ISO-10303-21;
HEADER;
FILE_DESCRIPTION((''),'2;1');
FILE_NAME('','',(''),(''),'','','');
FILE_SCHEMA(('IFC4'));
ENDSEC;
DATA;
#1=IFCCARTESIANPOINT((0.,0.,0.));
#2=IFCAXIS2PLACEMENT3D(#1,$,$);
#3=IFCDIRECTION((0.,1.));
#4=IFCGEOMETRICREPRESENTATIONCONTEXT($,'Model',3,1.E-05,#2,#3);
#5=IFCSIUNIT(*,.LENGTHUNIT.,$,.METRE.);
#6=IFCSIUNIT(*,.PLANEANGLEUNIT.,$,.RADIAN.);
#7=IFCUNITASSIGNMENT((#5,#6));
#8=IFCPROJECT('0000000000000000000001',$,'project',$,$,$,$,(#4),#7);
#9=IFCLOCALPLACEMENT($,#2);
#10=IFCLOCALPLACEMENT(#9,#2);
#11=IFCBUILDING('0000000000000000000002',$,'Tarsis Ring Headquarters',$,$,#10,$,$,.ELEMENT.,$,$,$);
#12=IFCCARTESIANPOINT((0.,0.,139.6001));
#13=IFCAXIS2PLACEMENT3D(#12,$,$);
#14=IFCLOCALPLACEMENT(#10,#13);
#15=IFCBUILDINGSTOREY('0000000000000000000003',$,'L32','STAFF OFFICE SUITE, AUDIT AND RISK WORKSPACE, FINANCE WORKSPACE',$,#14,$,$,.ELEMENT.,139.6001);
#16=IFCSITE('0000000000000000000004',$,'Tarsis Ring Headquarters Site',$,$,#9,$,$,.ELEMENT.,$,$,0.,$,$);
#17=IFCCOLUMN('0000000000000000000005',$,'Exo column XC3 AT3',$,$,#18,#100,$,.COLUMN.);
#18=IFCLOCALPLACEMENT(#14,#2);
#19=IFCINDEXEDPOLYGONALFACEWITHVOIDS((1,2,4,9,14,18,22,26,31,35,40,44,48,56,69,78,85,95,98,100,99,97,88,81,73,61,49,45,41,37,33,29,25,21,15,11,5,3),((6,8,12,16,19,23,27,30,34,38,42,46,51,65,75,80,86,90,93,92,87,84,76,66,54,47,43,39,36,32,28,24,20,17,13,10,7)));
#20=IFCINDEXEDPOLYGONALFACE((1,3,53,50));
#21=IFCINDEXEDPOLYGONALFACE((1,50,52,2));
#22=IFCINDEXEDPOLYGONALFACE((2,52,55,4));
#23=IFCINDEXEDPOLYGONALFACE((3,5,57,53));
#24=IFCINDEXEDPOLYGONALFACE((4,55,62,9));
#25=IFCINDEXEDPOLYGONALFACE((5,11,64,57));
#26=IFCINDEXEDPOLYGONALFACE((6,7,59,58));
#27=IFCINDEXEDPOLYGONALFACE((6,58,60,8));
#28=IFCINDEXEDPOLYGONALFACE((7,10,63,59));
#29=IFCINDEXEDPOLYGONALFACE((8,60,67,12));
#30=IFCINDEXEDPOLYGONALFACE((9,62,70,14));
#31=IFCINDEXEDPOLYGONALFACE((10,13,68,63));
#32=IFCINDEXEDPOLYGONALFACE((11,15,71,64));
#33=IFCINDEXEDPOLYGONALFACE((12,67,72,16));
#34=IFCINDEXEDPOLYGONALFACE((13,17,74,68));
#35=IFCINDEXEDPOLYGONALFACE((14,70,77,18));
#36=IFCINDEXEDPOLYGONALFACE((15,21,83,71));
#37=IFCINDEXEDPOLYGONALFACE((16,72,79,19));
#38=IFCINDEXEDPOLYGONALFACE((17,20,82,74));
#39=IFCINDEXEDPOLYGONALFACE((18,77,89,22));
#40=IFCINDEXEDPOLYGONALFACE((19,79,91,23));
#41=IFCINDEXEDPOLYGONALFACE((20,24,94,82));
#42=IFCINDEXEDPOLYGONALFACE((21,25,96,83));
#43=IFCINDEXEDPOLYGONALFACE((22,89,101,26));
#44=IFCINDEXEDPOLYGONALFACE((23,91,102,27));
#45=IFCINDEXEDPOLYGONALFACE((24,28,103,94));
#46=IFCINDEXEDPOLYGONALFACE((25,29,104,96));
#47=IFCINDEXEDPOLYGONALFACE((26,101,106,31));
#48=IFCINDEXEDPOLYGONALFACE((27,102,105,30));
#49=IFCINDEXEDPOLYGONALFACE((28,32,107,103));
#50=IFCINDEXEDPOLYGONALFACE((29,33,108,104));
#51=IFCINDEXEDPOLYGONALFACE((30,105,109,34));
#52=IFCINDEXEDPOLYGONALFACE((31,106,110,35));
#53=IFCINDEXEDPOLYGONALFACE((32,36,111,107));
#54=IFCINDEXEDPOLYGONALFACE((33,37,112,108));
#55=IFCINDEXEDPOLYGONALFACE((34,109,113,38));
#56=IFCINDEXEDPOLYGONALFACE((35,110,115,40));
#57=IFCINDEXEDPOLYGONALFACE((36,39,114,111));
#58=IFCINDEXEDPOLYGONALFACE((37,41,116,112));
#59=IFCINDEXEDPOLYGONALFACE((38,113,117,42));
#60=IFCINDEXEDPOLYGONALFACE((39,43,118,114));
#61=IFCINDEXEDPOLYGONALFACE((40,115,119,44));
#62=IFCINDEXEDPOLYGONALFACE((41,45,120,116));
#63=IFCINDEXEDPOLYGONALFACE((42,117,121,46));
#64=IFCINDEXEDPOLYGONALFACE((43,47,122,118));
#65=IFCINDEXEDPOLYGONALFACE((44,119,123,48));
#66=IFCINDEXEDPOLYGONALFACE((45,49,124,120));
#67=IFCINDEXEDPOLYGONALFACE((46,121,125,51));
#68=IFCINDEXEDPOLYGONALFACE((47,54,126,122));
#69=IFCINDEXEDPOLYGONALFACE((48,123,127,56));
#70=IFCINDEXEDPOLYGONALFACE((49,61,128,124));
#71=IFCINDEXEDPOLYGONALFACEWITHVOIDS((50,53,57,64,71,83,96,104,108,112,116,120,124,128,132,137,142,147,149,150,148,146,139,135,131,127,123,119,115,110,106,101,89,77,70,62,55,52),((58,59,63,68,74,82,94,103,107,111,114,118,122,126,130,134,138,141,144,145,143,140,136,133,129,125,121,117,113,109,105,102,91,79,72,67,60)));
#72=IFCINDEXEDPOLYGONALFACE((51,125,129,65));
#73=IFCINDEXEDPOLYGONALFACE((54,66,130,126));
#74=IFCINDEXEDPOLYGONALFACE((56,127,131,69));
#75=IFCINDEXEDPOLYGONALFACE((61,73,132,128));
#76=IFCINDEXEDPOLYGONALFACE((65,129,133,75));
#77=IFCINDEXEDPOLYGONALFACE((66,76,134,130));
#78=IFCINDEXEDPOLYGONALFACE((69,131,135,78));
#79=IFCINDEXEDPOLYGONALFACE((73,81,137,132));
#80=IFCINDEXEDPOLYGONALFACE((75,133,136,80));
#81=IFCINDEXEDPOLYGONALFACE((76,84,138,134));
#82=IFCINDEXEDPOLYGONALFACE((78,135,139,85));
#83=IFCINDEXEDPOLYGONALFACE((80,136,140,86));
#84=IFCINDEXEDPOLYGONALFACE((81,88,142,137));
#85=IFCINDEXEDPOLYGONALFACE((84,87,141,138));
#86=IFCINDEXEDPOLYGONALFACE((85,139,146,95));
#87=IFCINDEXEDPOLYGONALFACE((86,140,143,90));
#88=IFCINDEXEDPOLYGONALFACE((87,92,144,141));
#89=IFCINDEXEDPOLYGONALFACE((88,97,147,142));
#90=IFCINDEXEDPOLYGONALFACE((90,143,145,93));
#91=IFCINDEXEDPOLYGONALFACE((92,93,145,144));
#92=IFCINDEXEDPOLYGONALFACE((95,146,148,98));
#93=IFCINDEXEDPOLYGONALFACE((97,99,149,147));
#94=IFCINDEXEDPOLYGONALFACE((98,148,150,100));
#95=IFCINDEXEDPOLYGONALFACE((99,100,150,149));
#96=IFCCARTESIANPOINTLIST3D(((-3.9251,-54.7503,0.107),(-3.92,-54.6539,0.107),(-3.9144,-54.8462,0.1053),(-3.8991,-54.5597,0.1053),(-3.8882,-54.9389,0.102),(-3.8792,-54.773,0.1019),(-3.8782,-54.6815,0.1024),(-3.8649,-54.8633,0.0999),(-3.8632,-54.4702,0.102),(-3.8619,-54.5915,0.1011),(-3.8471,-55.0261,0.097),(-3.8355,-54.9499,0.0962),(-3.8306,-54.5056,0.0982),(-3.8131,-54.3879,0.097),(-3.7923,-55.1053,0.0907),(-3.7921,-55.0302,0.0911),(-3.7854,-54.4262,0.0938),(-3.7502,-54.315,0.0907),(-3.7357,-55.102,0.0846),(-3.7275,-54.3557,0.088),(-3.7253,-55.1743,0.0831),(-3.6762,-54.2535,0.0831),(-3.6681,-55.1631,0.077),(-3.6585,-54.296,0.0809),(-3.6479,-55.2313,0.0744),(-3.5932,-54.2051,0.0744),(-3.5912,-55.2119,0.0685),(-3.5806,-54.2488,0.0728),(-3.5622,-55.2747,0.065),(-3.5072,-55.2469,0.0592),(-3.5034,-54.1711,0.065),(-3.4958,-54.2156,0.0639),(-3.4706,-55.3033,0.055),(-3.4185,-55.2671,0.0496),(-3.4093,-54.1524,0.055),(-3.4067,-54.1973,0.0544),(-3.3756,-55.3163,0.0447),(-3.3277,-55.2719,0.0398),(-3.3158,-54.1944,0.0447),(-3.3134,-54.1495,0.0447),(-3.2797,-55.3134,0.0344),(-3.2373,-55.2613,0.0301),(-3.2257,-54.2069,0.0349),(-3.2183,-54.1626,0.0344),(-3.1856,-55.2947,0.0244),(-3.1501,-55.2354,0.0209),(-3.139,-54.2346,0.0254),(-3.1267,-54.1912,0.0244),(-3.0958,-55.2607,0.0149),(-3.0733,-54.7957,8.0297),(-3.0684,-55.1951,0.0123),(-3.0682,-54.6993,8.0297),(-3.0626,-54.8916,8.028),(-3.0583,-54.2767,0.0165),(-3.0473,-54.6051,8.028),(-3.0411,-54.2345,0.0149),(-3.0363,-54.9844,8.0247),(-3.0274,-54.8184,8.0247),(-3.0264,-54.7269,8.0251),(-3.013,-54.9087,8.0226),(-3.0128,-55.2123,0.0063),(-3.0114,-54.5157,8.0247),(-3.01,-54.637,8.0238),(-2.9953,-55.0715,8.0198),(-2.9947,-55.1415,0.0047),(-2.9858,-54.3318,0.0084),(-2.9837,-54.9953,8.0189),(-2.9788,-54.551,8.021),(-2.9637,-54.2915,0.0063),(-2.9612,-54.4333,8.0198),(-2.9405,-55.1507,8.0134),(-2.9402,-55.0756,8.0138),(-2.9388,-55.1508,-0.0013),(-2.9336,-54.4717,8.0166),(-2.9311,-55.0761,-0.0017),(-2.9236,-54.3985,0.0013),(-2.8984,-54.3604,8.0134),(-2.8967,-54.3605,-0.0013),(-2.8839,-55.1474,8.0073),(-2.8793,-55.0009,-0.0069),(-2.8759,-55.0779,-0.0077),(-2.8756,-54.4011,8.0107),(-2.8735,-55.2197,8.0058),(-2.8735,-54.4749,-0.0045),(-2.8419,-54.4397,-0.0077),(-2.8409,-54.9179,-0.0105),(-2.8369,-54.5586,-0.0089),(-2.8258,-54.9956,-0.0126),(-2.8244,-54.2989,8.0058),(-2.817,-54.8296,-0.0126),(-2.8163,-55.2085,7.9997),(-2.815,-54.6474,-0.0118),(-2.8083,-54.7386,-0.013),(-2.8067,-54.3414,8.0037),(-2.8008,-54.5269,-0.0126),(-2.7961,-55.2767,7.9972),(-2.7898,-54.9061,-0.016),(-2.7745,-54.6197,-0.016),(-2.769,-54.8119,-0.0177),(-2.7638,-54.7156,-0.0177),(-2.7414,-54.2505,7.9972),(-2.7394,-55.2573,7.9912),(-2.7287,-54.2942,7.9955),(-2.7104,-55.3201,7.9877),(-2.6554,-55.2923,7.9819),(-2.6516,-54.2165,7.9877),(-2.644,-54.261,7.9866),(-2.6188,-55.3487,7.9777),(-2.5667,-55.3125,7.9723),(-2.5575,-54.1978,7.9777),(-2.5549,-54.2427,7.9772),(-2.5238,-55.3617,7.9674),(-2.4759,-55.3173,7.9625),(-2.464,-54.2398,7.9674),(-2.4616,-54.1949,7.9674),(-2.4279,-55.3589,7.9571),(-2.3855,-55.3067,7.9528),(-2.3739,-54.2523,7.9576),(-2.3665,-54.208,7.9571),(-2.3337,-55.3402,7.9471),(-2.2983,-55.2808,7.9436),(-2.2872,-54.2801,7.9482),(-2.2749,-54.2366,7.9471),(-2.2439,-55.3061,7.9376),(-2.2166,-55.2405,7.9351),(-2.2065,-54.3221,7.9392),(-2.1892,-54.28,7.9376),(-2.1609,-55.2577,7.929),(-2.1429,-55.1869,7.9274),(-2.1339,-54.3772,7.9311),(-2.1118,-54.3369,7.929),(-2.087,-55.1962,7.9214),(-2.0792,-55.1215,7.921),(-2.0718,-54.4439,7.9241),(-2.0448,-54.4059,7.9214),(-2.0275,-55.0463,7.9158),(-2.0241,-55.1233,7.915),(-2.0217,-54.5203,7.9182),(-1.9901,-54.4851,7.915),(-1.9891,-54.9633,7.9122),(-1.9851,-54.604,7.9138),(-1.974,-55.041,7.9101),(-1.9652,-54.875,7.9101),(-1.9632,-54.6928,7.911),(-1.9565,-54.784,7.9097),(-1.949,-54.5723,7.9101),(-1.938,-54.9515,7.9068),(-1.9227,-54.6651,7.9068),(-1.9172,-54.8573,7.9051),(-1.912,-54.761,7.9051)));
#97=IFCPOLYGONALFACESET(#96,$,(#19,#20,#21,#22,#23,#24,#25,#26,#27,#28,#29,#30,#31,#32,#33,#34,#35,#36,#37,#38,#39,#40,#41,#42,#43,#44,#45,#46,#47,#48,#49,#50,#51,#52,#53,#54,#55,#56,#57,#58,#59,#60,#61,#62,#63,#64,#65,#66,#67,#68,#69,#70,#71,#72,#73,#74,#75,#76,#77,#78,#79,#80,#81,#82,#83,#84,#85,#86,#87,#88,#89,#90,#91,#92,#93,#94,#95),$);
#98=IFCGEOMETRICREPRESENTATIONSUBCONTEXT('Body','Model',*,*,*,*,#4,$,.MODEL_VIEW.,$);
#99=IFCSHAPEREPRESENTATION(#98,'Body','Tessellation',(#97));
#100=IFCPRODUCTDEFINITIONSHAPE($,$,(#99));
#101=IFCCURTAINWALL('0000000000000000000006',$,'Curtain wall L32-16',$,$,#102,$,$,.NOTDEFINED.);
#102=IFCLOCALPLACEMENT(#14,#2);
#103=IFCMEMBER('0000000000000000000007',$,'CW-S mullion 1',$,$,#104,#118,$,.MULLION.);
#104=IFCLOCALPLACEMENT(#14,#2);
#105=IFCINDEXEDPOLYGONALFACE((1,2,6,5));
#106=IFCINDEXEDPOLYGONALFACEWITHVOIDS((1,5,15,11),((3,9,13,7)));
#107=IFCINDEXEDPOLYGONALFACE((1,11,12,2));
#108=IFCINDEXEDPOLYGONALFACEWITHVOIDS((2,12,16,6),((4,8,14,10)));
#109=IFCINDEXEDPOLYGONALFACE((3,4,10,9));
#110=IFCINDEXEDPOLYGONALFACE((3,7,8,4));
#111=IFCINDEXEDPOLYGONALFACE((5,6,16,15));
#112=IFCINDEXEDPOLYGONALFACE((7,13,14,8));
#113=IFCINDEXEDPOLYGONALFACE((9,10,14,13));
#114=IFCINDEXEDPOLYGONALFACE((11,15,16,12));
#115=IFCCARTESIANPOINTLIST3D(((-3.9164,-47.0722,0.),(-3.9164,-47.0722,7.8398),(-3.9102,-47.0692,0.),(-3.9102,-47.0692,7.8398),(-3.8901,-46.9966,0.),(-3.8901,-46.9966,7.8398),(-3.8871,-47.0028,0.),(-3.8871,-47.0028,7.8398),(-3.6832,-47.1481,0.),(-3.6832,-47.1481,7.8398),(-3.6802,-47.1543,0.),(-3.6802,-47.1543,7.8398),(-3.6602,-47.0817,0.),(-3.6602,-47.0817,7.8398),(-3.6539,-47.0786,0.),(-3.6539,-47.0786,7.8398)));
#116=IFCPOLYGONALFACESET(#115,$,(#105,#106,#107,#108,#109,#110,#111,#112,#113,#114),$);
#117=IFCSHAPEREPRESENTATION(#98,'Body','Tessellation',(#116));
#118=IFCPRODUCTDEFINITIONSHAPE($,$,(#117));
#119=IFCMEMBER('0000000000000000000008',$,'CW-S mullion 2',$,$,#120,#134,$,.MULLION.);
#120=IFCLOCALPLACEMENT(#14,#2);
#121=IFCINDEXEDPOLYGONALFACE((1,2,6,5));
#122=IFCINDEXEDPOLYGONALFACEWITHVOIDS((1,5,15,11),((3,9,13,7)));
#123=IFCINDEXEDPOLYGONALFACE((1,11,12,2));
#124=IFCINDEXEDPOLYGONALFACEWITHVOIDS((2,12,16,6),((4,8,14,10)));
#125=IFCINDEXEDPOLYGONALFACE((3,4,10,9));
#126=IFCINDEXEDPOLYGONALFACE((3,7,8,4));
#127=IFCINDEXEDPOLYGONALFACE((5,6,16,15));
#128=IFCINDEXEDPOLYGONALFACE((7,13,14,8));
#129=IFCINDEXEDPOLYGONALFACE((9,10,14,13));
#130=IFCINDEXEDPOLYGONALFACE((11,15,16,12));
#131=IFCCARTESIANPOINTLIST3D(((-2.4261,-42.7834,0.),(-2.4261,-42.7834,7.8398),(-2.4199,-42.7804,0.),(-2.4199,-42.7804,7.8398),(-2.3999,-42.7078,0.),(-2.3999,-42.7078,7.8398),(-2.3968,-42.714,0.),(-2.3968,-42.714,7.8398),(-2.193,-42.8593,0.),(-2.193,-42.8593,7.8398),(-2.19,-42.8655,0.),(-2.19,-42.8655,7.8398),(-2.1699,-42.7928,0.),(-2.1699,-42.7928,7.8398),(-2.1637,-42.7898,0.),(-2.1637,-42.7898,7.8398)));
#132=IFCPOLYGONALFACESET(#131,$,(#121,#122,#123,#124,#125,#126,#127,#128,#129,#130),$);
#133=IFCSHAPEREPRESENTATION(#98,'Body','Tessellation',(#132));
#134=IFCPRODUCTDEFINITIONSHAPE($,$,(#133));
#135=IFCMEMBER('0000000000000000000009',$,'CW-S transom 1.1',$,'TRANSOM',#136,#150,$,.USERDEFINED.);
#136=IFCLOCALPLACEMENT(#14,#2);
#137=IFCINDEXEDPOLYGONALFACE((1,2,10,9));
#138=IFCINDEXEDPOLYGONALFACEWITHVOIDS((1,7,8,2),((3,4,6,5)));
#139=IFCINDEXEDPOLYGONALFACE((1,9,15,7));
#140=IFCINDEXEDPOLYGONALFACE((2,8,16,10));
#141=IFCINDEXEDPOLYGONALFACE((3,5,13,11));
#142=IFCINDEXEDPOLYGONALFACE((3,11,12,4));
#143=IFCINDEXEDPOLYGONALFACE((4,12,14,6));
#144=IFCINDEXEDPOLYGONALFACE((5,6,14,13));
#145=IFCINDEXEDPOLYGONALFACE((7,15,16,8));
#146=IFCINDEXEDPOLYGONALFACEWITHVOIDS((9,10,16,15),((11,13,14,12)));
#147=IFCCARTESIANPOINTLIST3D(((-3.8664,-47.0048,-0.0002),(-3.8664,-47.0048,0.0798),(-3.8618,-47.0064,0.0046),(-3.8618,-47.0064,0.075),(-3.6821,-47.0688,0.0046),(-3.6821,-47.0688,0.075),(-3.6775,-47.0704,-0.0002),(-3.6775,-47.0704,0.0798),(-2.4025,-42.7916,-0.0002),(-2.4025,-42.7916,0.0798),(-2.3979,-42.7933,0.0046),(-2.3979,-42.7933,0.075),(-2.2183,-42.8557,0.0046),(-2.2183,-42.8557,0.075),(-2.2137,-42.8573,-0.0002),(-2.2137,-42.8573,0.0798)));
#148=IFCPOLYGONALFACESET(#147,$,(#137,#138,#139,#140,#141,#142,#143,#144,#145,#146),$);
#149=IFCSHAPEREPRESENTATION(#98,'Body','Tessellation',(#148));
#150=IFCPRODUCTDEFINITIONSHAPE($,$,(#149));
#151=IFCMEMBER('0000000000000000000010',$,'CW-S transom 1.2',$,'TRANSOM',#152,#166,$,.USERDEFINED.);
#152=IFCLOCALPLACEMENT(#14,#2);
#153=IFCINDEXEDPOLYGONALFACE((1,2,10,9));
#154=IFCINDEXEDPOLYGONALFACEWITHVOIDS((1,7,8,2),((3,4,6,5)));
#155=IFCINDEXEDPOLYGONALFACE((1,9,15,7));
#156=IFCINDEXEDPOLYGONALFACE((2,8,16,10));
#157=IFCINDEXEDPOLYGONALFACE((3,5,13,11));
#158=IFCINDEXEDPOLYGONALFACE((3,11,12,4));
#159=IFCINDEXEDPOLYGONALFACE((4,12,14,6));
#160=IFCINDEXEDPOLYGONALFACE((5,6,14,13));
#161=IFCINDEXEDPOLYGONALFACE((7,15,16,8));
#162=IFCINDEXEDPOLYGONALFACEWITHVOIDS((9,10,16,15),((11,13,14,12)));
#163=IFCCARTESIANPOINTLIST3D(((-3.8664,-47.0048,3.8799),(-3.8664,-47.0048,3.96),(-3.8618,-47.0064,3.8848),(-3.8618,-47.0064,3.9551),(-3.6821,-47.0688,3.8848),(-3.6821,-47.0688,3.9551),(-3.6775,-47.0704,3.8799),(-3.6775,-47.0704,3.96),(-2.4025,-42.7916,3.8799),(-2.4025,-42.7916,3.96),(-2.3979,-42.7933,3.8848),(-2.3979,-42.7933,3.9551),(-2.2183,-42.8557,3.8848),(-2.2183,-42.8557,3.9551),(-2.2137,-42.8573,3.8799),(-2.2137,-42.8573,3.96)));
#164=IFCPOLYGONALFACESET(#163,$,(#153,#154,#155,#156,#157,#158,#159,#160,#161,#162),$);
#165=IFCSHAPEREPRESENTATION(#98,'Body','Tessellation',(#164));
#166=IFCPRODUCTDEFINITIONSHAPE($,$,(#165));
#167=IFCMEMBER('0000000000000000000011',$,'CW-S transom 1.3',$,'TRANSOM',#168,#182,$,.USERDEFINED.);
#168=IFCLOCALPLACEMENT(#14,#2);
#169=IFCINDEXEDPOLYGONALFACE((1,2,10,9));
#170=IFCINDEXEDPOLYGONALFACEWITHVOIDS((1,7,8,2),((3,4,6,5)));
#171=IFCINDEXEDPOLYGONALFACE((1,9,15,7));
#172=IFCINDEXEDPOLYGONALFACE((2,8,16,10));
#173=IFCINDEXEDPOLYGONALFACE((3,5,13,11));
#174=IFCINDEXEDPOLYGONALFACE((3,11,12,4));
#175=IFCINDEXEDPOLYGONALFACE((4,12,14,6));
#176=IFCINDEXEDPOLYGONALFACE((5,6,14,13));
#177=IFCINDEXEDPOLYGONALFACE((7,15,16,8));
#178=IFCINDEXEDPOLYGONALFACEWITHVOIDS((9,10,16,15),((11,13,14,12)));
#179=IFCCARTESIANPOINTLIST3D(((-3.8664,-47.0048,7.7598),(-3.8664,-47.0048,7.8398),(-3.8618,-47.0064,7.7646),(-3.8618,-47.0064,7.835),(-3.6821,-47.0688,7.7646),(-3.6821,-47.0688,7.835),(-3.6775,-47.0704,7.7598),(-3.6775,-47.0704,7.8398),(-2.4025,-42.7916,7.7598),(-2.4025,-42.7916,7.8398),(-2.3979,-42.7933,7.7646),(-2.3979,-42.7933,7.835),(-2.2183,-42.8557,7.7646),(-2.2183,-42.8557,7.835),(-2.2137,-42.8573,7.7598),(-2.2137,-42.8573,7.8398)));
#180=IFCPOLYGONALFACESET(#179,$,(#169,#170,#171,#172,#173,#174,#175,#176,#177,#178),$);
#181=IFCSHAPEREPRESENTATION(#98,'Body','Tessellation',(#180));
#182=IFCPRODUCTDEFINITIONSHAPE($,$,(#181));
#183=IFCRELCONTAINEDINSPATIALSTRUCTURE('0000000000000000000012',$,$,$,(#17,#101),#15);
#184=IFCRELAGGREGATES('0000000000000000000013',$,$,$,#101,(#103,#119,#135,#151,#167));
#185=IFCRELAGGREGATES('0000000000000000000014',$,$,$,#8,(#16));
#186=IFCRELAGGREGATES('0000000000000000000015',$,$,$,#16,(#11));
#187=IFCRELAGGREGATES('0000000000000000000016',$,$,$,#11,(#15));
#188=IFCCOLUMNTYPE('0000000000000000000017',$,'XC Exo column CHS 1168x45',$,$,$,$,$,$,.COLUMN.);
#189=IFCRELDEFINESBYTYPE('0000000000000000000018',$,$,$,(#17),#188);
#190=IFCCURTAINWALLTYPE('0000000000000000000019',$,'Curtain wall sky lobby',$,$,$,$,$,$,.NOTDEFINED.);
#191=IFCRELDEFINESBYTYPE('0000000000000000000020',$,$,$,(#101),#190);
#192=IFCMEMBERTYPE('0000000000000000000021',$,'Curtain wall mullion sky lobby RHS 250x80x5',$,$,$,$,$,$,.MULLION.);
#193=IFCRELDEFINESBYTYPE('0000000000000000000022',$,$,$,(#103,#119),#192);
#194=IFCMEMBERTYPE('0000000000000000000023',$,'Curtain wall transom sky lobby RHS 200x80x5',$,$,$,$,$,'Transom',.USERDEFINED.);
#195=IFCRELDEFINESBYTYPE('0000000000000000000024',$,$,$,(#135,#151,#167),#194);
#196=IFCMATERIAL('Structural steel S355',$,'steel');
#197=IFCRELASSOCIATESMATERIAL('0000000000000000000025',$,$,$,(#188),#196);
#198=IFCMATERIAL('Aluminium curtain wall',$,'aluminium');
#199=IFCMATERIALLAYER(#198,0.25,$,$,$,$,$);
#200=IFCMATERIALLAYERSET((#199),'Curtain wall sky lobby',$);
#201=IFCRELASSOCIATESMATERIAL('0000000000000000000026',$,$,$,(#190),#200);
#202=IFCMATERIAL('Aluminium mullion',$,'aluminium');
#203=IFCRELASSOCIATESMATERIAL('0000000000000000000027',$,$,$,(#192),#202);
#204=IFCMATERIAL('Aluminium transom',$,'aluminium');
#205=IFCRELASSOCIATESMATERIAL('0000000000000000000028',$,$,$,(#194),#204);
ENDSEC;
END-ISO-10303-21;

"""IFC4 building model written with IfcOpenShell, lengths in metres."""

from ifc_helpers import new_model, si_unit, direction, frame, origin, origin_2d, place, context, subcontext, project, spatial, hollow_rectangle, hollow_circle, extrude, material, layer, layer_set, material_profile, profile_set, type_object, element, aggregate, save


model = new_model("IFC4")

# Units and contexts
model_context = context("Model", 3, precision=1e-05, world=origin(), true_north=direction((0.0, 1.0)))
body_context = subcontext(model_context, "Body", "Model", "MODEL_VIEW")
ifc_project = project(units=[si_unit("LENGTHUNIT", "METRE"), si_unit("PLANEANGLEUNIT", "RADIAN")], contexts=[model_context])

# Site, building, storey
site_placement = place(None, origin())
site = spatial("IfcSite", under=ifc_project, at=site_placement, Name="Tarsis Ring Headquarters Site", CompositionType="ELEMENT", RefElevation=0.0)
building_placement = place(site_placement, origin())
building = spatial("IfcBuilding", under=site, at=building_placement, Name="Tarsis Ring Headquarters", CompositionType="ELEMENT")
storey_placement = place(building_placement, frame((0.0, 0.0, 139.6001)))
storey = spatial("IfcBuildingStorey", under=building, at=storey_placement, Name="L32", Description="STAFF OFFICE SUITE, AUDIT AND RISK WORKSPACE, FINANCE WORKSPACE", CompositionType="ELEMENT", Elevation=139.6001)

# Column
ifc_material_1 = material(Name="Structural steel S355", Category="steel")
ifc_material_profile_1 = material_profile(ifc_material_1, hollow_circle(Radius=0.5842, WallThickness=0.0449, at=origin_2d()), Name="CHS 1168x45")
ifc_profile_set_1 = profile_set([ifc_material_profile_1], Name="Structural steel S355")
column_type = type_object("IfcColumnType", Name="XC Exo column CHS 1168x45", PredefinedType="COLUMN", material=ifc_profile_set_1)
column_placement = place(storey_placement, frame((-3.3445, -54.7329, 0.0447), z_axis=(0.106898, -0.005699, 0.994254), x_axis=(0.053235, 0.998582, 0.0)))
element("IfcColumn", 1, at=column_placement, inside=storey, type_object=column_type, Name="Exo column XC3 AT3", PredefinedType="COLUMN", context=body_context, shape_type="SweptSolid", body=[
    extrude(hollow_circle(Radius=0.5842, WallThickness=0.0449, at=origin_2d()), origin(), (0.0, 0.0, 1.0), 7.9685),
])

# Curtain wall, members
ifc_material_2 = material(Name="Aluminium curtain wall", Category="aluminium")
ifc_layer_1 = layer(ifc_material_2, 0.25)
ifc_layer_set_1 = layer_set([ifc_layer_1], Name="Curtain wall sky lobby")
curtain_wall_type = type_object("IfcCurtainWallType", Name="Curtain wall sky lobby", PredefinedType="NOTDEFINED", material=ifc_layer_set_1)
curtain_wall_placement = place(storey_placement, origin())
curtain_wall = element("IfcCurtainWall", 2, at=curtain_wall_placement, inside=storey, type_object=curtain_wall_type, Name="Curtain wall L32-16", PredefinedType="NOTDEFINED")
ifc_material_3 = material(Name="Aluminium mullion", Category="aluminium")
ifc_material_profile_2 = material_profile(ifc_material_3, hollow_rectangle(XDim=0.25, YDim=0.0801, WallThickness=0.0049, at=origin_2d()), Name="RHS 250x80x5")
ifc_profile_set_2 = profile_set([ifc_material_profile_2], Name="Aluminium mullion")
member_type_1 = type_object("IfcMemberType", Name="Curtain wall mullion sky lobby RHS 250x80x5", PredefinedType="MULLION", material=ifc_profile_set_2)
member_1_placement = place(storey_placement, frame((-3.7852, -47.0754, 0.0), z_axis=(0.0, 0.0, 1.0), x_axis=(-0.944606, 0.328207, 0.0)))
member_1 = element("IfcMember", 3, at=member_1_placement, type_object=member_type_1, Name="CW-S mullion 1", PredefinedType="MULLION", context=body_context, shape_type="SweptSolid", body=[
    extrude(hollow_rectangle(XDim=0.25, YDim=0.0801, WallThickness=0.0049, at=origin_2d()), origin(), (0.0, 0.0, 1.0), 7.8398),
])
member_2_placement = place(storey_placement, frame((-2.2949, -42.7866, 0.0), z_axis=(0.0, 0.0, 1.0), x_axis=(-0.944606, 0.328207, 0.0)))
member_2 = element("IfcMember", 4, at=member_2_placement, type_object=member_type_1, Name="CW-S mullion 2", PredefinedType="MULLION", context=body_context, shape_type="SweptSolid", body=[
    extrude(hollow_rectangle(XDim=0.25, YDim=0.0801, WallThickness=0.0049, at=origin_2d()), origin(), (0.0, 0.0, 1.0), 7.8398),
])
ifc_material_4 = material(Name="Aluminium transom", Category="aluminium")
ifc_material_profile_3 = material_profile(ifc_material_4, hollow_rectangle(XDim=0.2, YDim=0.0801, WallThickness=0.0049, at=origin_2d()), Name="RHS 200x80x5")
ifc_profile_set_3 = profile_set([ifc_material_profile_3], Name="Aluminium transom")
member_type_2 = type_object("IfcMemberType", Name="Curtain wall transom sky lobby RHS 200x80x5", ElementType="Transom", PredefinedType="USERDEFINED", material=ifc_profile_set_3)
member_3_placement = place(storey_placement, frame((-3.772, -47.0376, 0.0398), z_axis=(0.328206, 0.944606, 0.0), x_axis=(-0.944606, 0.328206, 0.0)))
member_3 = element("IfcMember", 5, at=member_3_placement, type_object=member_type_2, Name="CW-S transom 1.1", ObjectType="TRANSOM", PredefinedType="USERDEFINED", context=body_context, shape_type="SweptSolid", body=[
    extrude(hollow_rectangle(XDim=0.2, YDim=0.0801, WallThickness=0.0049, at=origin_2d()), origin(), (0.0, 0.0, 1.0), 4.4602),
])
member_4_placement = place(storey_placement, frame((-3.772, -47.0376, 3.9199), z_axis=(0.328206, 0.944606, 0.0), x_axis=(-0.944606, 0.328206, 0.0)))
member_4 = element("IfcMember", 6, at=member_4_placement, type_object=member_type_2, Name="CW-S transom 1.2", ObjectType="TRANSOM", PredefinedType="USERDEFINED", context=body_context, shape_type="SweptSolid", body=[
    extrude(hollow_rectangle(XDim=0.2, YDim=0.0801, WallThickness=0.0049, at=origin_2d()), origin(), (0.0, 0.0, 1.0), 4.4602),
])
member_5_placement = place(storey_placement, frame((-3.772, -47.0376, 7.7998), z_axis=(0.328206, 0.944606, 0.0), x_axis=(-0.944606, 0.328206, 0.0)))
member_5 = element("IfcMember", 7, at=member_5_placement, type_object=member_type_2, Name="CW-S transom 1.3", ObjectType="TRANSOM", PredefinedType="USERDEFINED", context=body_context, shape_type="SweptSolid", body=[
    extrude(hollow_rectangle(XDim=0.2, YDim=0.0801, WallThickness=0.0049, at=origin_2d()), origin(), (0.0, 0.0, 1.0), 4.4602),
])

aggregate(curtain_wall, [member_1, member_2, member_3, member_4, member_5])

save(model, "model.ifc")
